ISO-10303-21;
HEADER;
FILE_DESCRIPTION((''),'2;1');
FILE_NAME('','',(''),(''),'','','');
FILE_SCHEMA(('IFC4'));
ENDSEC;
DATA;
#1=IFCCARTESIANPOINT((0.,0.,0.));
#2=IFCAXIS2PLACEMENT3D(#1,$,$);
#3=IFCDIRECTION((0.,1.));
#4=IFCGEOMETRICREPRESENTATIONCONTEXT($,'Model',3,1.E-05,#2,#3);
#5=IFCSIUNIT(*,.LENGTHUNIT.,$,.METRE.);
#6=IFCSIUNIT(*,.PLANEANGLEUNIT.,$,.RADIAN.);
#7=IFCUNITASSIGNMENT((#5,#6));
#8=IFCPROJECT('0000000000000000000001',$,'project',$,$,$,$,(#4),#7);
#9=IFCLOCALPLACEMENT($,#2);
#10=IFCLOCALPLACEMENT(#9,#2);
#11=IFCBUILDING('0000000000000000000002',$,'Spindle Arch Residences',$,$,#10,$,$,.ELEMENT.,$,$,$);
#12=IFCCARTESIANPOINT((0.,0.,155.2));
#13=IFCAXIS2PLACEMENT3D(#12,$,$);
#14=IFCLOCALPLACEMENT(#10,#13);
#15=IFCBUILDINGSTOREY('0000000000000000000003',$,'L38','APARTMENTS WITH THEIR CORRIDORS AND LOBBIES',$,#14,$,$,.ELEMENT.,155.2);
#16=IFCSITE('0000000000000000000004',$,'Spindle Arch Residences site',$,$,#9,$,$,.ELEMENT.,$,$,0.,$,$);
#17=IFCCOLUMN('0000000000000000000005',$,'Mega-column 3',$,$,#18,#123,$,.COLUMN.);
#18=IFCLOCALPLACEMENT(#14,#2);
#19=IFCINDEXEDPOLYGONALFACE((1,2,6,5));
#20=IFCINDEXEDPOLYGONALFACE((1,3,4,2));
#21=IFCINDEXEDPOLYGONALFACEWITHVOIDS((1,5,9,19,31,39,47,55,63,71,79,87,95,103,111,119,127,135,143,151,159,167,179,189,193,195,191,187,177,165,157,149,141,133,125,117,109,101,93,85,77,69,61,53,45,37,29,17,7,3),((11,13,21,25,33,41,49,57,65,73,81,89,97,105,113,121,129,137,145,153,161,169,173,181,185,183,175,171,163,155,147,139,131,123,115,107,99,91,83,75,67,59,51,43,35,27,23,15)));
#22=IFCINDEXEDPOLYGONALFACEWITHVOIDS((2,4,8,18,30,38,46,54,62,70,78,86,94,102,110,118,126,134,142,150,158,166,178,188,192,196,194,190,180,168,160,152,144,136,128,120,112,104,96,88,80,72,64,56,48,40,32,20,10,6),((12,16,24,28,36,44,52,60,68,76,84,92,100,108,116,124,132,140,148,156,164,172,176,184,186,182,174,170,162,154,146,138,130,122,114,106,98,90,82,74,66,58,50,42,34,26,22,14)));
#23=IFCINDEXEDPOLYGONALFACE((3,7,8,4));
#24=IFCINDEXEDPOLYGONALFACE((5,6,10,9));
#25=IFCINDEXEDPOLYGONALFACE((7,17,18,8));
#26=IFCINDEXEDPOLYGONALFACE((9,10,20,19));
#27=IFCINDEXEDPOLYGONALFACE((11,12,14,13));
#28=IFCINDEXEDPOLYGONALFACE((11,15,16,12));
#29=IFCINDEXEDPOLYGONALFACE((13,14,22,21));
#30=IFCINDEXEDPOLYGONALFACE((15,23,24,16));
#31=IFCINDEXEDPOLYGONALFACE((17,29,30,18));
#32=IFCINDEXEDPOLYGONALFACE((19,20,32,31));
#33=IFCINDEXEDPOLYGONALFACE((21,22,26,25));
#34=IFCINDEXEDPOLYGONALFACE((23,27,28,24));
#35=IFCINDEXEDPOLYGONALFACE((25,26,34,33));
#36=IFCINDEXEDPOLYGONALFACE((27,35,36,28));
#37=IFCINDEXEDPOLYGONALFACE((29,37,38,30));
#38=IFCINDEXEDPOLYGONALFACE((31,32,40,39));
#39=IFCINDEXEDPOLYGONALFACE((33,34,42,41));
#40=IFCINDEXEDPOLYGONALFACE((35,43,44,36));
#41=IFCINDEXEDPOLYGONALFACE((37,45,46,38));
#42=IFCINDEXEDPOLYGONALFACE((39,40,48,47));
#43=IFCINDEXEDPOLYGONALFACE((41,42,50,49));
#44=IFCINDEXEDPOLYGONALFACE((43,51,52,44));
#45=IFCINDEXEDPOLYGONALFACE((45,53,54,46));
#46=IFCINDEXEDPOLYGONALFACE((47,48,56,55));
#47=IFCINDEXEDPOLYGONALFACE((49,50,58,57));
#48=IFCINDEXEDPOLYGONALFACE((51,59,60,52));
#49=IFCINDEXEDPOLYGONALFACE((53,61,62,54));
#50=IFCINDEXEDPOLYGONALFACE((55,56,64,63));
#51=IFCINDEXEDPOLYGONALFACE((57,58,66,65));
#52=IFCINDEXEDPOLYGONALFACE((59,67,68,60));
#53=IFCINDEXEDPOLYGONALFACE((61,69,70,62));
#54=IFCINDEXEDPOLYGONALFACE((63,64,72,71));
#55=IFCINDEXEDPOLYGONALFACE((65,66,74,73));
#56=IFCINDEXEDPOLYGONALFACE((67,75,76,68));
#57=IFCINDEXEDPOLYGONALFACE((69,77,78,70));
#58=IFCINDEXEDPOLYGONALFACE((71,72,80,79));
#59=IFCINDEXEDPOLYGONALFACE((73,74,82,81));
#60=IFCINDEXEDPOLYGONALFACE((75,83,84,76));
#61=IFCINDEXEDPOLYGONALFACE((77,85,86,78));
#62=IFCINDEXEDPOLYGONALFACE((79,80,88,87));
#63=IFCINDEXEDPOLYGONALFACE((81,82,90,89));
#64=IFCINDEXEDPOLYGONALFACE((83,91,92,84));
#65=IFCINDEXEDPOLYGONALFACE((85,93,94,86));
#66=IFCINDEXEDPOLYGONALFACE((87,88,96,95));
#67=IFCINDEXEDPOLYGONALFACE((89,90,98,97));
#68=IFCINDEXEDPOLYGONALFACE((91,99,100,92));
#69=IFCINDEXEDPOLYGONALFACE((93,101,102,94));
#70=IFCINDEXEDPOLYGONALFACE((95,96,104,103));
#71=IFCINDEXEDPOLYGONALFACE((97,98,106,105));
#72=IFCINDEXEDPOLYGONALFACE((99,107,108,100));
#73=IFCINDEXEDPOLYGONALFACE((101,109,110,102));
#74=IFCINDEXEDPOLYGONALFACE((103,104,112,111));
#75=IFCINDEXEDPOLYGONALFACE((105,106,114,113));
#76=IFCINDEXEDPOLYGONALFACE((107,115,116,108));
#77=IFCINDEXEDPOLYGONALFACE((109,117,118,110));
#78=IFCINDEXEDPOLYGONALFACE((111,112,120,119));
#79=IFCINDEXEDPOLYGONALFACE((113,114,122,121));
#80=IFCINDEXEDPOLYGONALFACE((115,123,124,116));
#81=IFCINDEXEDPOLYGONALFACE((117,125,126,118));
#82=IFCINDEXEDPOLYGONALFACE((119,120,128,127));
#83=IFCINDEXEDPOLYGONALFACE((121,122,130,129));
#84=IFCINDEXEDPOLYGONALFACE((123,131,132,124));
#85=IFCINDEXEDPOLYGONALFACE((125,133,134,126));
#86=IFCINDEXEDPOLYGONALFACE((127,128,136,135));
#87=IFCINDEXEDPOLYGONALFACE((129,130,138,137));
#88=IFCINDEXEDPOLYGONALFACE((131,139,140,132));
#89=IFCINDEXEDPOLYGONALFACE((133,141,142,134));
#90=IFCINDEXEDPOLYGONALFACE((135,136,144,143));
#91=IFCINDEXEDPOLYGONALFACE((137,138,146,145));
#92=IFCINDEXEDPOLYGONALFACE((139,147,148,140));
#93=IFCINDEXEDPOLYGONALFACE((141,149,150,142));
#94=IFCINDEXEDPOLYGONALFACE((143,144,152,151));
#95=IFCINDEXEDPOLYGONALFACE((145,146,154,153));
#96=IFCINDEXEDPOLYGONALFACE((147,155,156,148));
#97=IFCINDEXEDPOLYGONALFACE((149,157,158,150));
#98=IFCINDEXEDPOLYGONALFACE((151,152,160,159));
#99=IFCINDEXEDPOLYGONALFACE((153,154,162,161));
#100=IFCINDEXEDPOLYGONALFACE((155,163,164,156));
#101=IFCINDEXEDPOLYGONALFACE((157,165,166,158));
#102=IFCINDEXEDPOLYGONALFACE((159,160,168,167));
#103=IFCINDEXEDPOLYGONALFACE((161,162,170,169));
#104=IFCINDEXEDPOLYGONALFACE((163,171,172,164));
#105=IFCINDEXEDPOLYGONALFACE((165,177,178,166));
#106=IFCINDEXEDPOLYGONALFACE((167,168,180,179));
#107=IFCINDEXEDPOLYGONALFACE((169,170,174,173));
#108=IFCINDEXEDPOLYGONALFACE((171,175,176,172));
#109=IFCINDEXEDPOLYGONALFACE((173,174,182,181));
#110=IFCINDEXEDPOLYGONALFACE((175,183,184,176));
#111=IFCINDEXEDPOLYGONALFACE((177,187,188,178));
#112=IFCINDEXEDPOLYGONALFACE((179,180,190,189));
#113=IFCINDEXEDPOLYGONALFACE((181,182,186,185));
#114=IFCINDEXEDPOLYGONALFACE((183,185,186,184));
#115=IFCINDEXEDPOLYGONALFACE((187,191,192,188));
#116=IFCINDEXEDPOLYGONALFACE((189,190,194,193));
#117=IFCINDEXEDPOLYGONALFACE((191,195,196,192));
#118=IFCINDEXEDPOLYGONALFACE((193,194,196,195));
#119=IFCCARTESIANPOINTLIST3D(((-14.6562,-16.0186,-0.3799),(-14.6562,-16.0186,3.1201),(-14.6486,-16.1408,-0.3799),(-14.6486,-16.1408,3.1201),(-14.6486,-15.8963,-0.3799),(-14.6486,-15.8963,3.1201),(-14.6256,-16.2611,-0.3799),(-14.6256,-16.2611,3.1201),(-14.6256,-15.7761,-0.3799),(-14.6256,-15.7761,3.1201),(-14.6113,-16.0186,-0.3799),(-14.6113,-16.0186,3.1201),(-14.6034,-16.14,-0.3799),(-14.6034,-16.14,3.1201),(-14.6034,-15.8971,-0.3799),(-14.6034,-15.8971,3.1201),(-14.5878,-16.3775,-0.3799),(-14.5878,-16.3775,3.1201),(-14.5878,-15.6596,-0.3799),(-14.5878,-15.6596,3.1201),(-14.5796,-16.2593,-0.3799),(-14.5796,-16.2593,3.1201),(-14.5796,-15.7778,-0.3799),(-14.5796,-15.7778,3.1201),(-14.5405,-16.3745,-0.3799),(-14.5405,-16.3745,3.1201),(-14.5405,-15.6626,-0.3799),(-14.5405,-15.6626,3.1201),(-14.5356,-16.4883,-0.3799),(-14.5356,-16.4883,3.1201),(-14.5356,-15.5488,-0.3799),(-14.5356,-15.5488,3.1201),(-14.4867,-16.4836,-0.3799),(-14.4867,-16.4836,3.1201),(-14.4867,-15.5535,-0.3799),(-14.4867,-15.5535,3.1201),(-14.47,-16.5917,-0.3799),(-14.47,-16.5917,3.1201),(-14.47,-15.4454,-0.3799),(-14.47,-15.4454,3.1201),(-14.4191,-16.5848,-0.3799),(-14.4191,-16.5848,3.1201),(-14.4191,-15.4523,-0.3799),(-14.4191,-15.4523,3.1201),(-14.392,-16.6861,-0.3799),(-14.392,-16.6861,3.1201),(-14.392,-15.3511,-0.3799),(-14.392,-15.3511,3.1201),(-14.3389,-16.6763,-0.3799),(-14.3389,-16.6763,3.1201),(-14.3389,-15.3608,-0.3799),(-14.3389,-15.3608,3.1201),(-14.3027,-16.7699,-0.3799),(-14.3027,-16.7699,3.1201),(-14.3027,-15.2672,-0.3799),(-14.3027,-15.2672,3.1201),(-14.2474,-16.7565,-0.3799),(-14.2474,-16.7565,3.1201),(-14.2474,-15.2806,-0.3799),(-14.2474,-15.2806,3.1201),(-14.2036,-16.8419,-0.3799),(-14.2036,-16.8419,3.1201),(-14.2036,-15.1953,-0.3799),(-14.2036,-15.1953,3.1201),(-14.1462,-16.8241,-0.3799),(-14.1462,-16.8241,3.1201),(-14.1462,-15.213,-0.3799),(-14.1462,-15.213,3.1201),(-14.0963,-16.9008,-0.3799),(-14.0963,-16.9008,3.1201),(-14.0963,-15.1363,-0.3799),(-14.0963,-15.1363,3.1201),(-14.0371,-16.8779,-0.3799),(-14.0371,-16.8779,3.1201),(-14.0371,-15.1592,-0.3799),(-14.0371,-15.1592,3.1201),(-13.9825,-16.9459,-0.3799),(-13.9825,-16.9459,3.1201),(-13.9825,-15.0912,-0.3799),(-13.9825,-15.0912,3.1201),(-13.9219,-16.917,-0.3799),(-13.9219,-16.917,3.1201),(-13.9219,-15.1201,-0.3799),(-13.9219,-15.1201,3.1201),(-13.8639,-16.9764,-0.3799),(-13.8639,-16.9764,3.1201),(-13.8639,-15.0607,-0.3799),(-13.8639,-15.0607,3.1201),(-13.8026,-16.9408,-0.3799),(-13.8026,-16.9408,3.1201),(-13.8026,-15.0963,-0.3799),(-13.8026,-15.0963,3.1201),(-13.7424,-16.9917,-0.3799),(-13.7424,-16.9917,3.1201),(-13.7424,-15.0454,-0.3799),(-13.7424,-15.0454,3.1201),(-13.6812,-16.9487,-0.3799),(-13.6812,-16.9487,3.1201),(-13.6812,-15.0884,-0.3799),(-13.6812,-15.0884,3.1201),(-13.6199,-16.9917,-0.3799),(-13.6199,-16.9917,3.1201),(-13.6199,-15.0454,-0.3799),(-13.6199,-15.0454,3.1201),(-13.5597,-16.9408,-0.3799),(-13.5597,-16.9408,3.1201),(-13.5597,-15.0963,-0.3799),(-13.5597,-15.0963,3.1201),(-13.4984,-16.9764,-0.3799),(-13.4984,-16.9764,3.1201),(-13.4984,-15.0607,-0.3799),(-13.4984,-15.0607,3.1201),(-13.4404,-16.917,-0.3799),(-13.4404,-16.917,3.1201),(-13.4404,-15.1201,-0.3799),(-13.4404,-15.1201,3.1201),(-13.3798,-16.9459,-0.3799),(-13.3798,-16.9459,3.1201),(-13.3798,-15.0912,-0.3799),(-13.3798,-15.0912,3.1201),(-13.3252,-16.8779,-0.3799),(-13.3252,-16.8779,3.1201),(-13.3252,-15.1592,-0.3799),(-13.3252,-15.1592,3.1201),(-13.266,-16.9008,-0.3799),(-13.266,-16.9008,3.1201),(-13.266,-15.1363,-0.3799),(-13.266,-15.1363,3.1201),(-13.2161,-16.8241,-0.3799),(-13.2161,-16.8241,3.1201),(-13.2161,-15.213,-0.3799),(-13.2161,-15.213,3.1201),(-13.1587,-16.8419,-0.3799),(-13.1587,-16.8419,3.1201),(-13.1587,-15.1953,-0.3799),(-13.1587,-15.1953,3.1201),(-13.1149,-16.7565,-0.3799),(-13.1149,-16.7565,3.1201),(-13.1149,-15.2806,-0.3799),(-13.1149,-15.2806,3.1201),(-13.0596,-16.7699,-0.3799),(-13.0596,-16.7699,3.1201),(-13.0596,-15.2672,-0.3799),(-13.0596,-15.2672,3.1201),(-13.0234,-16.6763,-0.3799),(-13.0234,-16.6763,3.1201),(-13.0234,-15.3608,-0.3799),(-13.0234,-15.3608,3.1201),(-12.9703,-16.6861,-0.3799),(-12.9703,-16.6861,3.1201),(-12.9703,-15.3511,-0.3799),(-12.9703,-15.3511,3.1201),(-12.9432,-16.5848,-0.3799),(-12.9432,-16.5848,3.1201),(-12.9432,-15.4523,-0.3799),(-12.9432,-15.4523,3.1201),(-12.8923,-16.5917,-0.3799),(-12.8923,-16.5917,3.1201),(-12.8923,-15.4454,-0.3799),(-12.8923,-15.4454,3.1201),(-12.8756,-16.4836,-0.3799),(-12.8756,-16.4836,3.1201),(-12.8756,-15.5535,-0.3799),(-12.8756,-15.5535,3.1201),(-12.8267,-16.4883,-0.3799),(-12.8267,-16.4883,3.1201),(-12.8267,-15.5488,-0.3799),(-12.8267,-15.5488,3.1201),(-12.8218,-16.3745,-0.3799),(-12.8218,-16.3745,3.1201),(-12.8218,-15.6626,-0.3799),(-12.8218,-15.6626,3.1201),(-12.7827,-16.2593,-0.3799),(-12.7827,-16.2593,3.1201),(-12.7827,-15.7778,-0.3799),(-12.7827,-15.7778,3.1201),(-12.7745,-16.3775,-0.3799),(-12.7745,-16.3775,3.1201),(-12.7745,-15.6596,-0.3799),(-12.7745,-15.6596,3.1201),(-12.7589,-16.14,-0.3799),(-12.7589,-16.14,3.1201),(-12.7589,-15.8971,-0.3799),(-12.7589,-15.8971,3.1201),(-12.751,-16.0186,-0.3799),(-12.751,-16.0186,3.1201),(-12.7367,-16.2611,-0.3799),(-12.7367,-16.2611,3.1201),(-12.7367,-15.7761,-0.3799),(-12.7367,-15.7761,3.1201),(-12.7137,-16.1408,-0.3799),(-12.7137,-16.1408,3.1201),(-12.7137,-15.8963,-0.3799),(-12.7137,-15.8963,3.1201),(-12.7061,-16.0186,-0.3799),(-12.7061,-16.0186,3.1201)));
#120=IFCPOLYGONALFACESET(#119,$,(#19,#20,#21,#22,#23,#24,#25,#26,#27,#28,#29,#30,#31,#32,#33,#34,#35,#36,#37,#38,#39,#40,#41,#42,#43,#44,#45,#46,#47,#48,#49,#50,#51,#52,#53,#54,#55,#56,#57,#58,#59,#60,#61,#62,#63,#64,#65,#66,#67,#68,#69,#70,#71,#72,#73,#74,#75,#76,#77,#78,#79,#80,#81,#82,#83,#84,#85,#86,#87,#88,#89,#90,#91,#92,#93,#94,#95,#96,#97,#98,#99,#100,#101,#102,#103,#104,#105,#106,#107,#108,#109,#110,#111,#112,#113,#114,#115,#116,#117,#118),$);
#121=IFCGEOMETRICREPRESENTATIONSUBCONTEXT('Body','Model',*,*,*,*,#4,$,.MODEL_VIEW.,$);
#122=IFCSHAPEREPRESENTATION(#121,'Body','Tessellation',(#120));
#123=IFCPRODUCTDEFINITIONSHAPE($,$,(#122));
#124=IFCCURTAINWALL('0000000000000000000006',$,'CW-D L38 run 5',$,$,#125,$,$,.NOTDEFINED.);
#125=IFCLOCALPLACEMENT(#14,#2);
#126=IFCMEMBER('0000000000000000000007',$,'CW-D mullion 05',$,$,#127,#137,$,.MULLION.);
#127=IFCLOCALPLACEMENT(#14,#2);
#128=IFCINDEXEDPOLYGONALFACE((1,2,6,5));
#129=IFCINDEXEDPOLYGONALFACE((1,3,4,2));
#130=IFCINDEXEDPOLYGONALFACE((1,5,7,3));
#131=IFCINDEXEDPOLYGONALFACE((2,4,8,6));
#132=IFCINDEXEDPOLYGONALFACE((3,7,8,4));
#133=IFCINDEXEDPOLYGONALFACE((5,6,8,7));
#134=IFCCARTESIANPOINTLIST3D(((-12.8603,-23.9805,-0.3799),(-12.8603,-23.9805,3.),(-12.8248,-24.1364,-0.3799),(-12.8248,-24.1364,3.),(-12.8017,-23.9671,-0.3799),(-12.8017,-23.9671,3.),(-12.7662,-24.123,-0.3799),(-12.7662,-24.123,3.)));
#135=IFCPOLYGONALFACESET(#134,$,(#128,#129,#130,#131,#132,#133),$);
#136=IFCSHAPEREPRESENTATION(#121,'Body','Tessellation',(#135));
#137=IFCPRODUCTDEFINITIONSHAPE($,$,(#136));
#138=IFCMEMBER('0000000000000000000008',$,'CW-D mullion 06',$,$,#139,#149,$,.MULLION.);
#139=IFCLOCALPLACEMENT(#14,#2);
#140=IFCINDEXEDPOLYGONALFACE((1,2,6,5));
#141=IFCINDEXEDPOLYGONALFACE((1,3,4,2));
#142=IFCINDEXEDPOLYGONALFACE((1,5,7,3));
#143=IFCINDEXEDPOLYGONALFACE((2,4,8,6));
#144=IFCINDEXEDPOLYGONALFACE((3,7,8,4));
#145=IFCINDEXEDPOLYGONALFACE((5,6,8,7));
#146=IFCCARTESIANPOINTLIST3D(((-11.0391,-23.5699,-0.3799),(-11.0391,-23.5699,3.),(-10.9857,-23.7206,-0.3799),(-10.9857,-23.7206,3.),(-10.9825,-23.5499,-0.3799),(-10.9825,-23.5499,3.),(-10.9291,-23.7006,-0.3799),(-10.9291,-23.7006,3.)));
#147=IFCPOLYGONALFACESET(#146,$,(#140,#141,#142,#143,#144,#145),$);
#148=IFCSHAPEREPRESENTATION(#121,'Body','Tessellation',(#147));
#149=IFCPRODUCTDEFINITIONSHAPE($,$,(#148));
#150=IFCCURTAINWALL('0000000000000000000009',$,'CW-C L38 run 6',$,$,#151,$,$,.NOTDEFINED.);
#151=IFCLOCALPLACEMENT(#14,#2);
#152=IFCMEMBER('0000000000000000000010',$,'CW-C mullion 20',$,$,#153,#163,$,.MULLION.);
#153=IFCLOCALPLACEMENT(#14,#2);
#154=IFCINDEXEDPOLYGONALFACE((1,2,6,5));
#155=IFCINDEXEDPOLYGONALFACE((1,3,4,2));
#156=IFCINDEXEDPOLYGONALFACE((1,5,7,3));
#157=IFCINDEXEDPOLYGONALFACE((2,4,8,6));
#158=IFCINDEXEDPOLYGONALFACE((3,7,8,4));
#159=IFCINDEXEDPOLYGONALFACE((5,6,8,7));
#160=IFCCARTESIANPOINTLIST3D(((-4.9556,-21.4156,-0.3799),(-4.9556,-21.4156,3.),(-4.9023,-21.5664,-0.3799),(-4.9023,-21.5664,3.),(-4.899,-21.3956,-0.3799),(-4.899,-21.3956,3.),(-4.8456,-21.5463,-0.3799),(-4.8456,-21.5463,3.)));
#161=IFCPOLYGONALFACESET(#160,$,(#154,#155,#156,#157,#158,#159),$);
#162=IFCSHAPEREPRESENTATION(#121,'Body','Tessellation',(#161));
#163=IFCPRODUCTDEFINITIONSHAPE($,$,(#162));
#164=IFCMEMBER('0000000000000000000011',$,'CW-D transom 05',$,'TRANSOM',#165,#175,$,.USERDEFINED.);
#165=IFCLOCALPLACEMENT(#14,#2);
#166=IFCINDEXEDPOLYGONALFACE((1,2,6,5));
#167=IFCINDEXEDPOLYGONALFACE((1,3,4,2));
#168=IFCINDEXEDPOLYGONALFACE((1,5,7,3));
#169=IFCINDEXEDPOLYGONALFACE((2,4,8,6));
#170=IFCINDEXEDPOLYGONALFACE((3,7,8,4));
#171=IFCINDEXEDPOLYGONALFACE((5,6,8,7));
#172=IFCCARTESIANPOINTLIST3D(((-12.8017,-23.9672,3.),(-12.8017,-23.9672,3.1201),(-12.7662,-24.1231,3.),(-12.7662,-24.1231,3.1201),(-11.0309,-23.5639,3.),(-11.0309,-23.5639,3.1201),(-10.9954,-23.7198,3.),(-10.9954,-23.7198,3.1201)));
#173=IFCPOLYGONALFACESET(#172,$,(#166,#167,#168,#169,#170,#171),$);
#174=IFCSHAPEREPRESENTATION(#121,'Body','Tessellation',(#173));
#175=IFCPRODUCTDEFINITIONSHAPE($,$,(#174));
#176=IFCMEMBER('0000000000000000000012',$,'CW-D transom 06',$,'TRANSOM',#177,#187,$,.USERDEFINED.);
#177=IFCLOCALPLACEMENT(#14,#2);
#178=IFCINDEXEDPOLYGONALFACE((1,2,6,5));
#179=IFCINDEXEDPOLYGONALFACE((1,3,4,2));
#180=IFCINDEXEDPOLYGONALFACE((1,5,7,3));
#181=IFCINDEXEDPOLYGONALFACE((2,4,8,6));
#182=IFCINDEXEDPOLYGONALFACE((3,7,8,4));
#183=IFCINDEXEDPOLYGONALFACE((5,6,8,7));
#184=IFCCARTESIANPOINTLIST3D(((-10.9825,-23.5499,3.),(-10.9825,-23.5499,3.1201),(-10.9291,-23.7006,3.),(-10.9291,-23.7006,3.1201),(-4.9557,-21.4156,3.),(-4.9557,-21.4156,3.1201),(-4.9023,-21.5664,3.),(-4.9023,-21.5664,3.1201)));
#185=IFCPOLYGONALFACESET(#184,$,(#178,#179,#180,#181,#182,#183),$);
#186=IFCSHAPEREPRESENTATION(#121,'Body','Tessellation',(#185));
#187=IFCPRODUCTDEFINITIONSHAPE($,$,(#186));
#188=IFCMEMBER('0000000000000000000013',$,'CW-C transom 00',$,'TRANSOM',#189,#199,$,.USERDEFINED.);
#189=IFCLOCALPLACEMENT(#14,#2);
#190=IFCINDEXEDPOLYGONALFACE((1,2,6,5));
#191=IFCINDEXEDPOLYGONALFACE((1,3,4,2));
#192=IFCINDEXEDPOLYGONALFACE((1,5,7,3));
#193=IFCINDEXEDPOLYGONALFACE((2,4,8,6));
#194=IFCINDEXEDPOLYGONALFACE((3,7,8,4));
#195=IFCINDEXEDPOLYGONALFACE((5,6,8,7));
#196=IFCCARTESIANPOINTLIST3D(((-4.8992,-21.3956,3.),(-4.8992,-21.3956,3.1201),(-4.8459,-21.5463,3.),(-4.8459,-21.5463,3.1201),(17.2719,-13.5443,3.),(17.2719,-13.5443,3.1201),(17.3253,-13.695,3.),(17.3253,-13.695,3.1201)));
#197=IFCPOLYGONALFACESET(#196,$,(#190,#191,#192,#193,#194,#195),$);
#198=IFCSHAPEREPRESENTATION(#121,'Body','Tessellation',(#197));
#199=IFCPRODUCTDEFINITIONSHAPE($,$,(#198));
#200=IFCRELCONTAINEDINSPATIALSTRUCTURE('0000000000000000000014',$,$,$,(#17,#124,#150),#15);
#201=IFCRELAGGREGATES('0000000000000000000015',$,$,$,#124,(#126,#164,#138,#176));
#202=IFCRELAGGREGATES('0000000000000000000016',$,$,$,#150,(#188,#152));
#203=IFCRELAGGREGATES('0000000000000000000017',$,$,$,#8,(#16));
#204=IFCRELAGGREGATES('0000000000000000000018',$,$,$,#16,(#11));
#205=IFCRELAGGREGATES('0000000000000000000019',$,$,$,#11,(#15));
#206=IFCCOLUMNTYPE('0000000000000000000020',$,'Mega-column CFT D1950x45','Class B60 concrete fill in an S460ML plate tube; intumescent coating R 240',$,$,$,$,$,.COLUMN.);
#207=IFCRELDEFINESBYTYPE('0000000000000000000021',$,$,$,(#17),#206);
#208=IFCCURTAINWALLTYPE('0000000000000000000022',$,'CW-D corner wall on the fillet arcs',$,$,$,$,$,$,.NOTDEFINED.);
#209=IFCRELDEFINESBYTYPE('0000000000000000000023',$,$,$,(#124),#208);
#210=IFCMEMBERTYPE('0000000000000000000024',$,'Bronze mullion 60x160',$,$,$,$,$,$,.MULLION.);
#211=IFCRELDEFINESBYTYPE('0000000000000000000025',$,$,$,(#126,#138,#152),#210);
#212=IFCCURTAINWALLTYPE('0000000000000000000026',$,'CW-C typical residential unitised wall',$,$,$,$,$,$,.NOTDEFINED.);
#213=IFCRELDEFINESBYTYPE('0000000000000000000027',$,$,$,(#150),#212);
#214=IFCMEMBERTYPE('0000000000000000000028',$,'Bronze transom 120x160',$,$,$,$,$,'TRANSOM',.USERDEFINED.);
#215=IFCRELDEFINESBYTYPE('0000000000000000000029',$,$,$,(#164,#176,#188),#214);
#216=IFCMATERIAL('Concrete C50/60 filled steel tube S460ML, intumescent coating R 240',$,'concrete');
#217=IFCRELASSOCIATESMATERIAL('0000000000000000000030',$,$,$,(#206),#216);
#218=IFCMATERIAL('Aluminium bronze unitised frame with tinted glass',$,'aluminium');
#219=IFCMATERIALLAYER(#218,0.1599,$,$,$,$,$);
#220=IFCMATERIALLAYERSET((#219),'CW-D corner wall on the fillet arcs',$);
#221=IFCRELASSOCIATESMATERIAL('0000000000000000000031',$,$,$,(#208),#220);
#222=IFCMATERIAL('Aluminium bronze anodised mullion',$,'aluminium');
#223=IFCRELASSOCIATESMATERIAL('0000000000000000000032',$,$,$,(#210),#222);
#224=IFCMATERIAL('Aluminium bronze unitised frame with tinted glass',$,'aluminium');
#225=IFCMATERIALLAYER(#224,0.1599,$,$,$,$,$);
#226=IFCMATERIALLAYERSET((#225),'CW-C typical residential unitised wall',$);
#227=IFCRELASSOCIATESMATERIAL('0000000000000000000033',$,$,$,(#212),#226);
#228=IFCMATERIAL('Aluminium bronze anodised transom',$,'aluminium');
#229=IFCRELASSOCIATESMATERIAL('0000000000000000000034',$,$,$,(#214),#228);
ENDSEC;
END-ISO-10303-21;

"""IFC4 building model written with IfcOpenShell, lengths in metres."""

from ifc_helpers import new_model, si_unit, direction, frame, origin, origin_2d, place, context, subcontext, project, spatial, rectangle, hollow_circle, extrude, material, layer, layer_set, material_profile, profile_set, type_object, element, aggregate, save


model = new_model("IFC4")

# Units and contexts
model_context = context("Model", 3, precision=1e-05, world=origin(), true_north=direction((0.0, 1.0)))
body_context = subcontext(model_context, "Body", "Model", "MODEL_VIEW")
ifc_project = project(units=[si_unit("LENGTHUNIT", "METRE"), si_unit("PLANEANGLEUNIT", "RADIAN")], contexts=[model_context])

# Site, building, storey
site_placement = place(None, origin())
site = spatial("IfcSite", under=ifc_project, at=site_placement, Name="Spindle Arch Residences site", CompositionType="ELEMENT", RefElevation=0.0)
building_placement = place(site_placement, origin())
building = spatial("IfcBuilding", under=site, at=building_placement, Name="Spindle Arch Residences", CompositionType="ELEMENT")
storey_placement = place(building_placement, frame((0.0, 0.0, 155.2)))
storey = spatial("IfcBuildingStorey", under=building, at=storey_placement, Name="L38", Description="APARTMENTS WITH THEIR CORRIDORS AND LOBBIES", CompositionType="ELEMENT", Elevation=155.2)

# Column
ifc_material_1 = material(Name="Concrete C50/60 filled steel tube S460ML, intumescent coating R 240", Category="concrete")
ifc_material_profile_1 = material_profile(ifc_material_1, hollow_circle(Radius=0.9751, WallThickness=0.0449, at=origin_2d()), Name="CFT D1950x45")
ifc_profile_set_1 = profile_set([ifc_material_profile_1], Name="Concrete C50/60 filled steel tube S460ML, intumescent coating R 240")
column_type_1 = type_object("IfcColumnType", Name="Mega-column CFT D1950x45", Description="Class B60 concrete fill in an S460ML plate tube; intumescent coating R 240", PredefinedType="COLUMN", material=ifc_profile_set_1)
column_placement = place(storey_placement, frame((-13.6812, -16.0186, -0.3799), z_axis=(0.0, 0.0, 1.0), x_axis=(1.0, 0.0, 0.0)))
element("IfcColumn", 1, at=column_placement, inside=storey, type_object=column_type_1, Name="Mega-column 3", PredefinedType="COLUMN", context=body_context, shape_type="SweptSolid", body=[
    extrude(hollow_circle(Radius=0.9751, WallThickness=0.0449, at=origin_2d()), origin(), (0.0, 0.0, 1.0), 3.5),
])

# Curtain wall, members
ifc_material_2 = material(Name="Aluminium bronze unitised frame with tinted glass", Category="aluminium")
ifc_layer_1 = layer(ifc_material_2, 0.1599)
ifc_layer_set_1 = layer_set([ifc_layer_1], Name="CW-D corner wall on the fillet arcs")
curtain_wall_type_1 = type_object("IfcCurtainWallType", Name="CW-D corner wall on the fillet arcs", PredefinedType="NOTDEFINED", material=ifc_layer_set_1)
curtain_wall_1_placement = place(storey_placement, origin())
curtain_wall_1 = element("IfcCurtainWall", 2, at=curtain_wall_1_placement, inside=storey, type_object=curtain_wall_type_1, Name="CW-D L38 run 5", PredefinedType="NOTDEFINED")
ifc_material_3 = material(Name="Aluminium bronze anodised mullion", Category="aluminium")
ifc_material_profile_2 = material_profile(ifc_material_3, rectangle(XDim=0.1599, YDim=0.0601, at=origin_2d()), Name="MU 60x160")
ifc_profile_set_2 = profile_set([ifc_material_profile_2], Name="Aluminium bronze anodised mullion")
member_type_1 = type_object("IfcMemberType", Name="Bronze mullion 60x160", PredefinedType="MULLION", material=ifc_profile_set_2)
member_1_placement = place(storey_placement, frame((-12.8132, -24.0518, -0.3799), z_axis=(0.0, 0.0, 1.0), x_axis=(-0.222116, 0.97502, 0.0)))
member_1 = element("IfcMember", 3, at=member_1_placement, type_object=member_type_1, Name="CW-D mullion 05", PredefinedType="MULLION", context=body_context, shape_type="SweptSolid", body=[
    extrude(rectangle(XDim=0.1599, YDim=0.0601, at=origin_2d()), origin(), (0.0, 0.0, 1.0), 3.3799),
])
member_2_placement = place(storey_placement, frame((-10.9841, -23.6353, -0.3799), z_axis=(0.0, 0.0, 1.0), x_axis=(-0.333807, 0.942641, 0.0)))
member_2 = element("IfcMember", 4, at=member_2_placement, type_object=member_type_1, Name="CW-D mullion 06", PredefinedType="MULLION", context=body_context, shape_type="SweptSolid", body=[
    extrude(rectangle(XDim=0.1599, YDim=0.0601, at=origin_2d()), origin(), (0.0, 0.0, 1.0), 3.3799),
])

# Curtain wall, member
ifc_material_4 = material(Name="Aluminium bronze unitised frame with tinted glass", Category="aluminium")
ifc_layer_2 = layer(ifc_material_4, 0.1599)
ifc_layer_set_2 = layer_set([ifc_layer_2], Name="CW-C typical residential unitised wall")
curtain_wall_type_2 = type_object("IfcCurtainWallType", Name="CW-C typical residential unitised wall", PredefinedType="NOTDEFINED", material=ifc_layer_set_2)
curtain_wall_2_placement = place(storey_placement, origin())
curtain_wall_2 = element("IfcCurtainWall", 5, at=curtain_wall_2_placement, inside=storey, type_object=curtain_wall_type_2, Name="CW-C L38 run 6", PredefinedType="NOTDEFINED")
member_3_placement = place(storey_placement, frame((-4.9006, -21.481, -0.3799), z_axis=(0.0, 0.0, 1.0), x_axis=(-0.333807, 0.942641, 0.0)))
member_3 = element("IfcMember", 6, at=member_3_placement, type_object=member_type_1, Name="CW-C mullion 20", PredefinedType="MULLION", context=body_context, shape_type="SweptSolid", body=[
    extrude(rectangle(XDim=0.1599, YDim=0.0601, at=origin_2d()), origin(), (0.0, 0.0, 1.0), 3.3799),
])

# Members
ifc_material_5 = material(Name="Aluminium bronze anodised transom", Category="aluminium")
ifc_material_profile_3 = material_profile(ifc_material_5, rectangle(XDim=0.1599, YDim=0.1201, at=origin_2d()), Name="TR 120x160")
ifc_profile_set_3 = profile_set([ifc_material_profile_3], Name="Aluminium bronze anodised transom")
member_type_2 = type_object("IfcMemberType", Name="Bronze transom 120x160", ElementType="TRANSOM", PredefinedType="USERDEFINED", material=ifc_profile_set_3)
member_4_placement = place(storey_placement, frame((-12.7839, -24.0452, 3.0601), z_axis=(0.975028, 0.22208, 0.0), x_axis=(-0.22208, 0.975028, 0.0)))
member_4 = element("IfcMember", 7, at=member_4_placement, type_object=member_type_2, Name="CW-D transom 05", ObjectType="TRANSOM", PredefinedType="USERDEFINED", context=body_context, shape_type="SweptSolid", body=[
    extrude(rectangle(XDim=0.1599, YDim=0.1201, at=origin_2d()), origin(), (0.0, 0.0, 1.0), 1.8162),
])
member_5_placement = place(storey_placement, frame((-10.9558, -23.6252, 3.0601), z_axis=(0.942639, 0.333815, 0.0), x_axis=(-0.333815, 0.942639, 0.0)))
member_5 = element("IfcMember", 8, at=member_5_placement, type_object=member_type_2, Name="CW-D transom 06", ObjectType="TRANSOM", PredefinedType="USERDEFINED", context=body_context, shape_type="SweptSolid", body=[
    extrude(rectangle(XDim=0.1599, YDim=0.1201, at=origin_2d()), origin(), (0.0, 0.0, 1.0), 6.3936),
])
member_6_placement = place(storey_placement, frame((-4.8726, -21.4709, 3.0601), z_axis=(0.94264, 0.333811, 0.0), x_axis=(-0.333811, 0.94264, 0.0)))
member_6 = element("IfcMember", 9, at=member_6_placement, type_object=member_type_2, Name="CW-C transom 00", ObjectType="TRANSOM", PredefinedType="USERDEFINED", context=body_context, shape_type="SweptSolid", body=[
    extrude(rectangle(XDim=0.1599, YDim=0.1201, at=origin_2d()), origin(), (0.0, 0.0, 1.0), 23.5203),
])

aggregate(curtain_wall_1, [member_1, member_4, member_2, member_5])
aggregate(curtain_wall_2, [member_6, member_3])

save(model, "model.ifc")
